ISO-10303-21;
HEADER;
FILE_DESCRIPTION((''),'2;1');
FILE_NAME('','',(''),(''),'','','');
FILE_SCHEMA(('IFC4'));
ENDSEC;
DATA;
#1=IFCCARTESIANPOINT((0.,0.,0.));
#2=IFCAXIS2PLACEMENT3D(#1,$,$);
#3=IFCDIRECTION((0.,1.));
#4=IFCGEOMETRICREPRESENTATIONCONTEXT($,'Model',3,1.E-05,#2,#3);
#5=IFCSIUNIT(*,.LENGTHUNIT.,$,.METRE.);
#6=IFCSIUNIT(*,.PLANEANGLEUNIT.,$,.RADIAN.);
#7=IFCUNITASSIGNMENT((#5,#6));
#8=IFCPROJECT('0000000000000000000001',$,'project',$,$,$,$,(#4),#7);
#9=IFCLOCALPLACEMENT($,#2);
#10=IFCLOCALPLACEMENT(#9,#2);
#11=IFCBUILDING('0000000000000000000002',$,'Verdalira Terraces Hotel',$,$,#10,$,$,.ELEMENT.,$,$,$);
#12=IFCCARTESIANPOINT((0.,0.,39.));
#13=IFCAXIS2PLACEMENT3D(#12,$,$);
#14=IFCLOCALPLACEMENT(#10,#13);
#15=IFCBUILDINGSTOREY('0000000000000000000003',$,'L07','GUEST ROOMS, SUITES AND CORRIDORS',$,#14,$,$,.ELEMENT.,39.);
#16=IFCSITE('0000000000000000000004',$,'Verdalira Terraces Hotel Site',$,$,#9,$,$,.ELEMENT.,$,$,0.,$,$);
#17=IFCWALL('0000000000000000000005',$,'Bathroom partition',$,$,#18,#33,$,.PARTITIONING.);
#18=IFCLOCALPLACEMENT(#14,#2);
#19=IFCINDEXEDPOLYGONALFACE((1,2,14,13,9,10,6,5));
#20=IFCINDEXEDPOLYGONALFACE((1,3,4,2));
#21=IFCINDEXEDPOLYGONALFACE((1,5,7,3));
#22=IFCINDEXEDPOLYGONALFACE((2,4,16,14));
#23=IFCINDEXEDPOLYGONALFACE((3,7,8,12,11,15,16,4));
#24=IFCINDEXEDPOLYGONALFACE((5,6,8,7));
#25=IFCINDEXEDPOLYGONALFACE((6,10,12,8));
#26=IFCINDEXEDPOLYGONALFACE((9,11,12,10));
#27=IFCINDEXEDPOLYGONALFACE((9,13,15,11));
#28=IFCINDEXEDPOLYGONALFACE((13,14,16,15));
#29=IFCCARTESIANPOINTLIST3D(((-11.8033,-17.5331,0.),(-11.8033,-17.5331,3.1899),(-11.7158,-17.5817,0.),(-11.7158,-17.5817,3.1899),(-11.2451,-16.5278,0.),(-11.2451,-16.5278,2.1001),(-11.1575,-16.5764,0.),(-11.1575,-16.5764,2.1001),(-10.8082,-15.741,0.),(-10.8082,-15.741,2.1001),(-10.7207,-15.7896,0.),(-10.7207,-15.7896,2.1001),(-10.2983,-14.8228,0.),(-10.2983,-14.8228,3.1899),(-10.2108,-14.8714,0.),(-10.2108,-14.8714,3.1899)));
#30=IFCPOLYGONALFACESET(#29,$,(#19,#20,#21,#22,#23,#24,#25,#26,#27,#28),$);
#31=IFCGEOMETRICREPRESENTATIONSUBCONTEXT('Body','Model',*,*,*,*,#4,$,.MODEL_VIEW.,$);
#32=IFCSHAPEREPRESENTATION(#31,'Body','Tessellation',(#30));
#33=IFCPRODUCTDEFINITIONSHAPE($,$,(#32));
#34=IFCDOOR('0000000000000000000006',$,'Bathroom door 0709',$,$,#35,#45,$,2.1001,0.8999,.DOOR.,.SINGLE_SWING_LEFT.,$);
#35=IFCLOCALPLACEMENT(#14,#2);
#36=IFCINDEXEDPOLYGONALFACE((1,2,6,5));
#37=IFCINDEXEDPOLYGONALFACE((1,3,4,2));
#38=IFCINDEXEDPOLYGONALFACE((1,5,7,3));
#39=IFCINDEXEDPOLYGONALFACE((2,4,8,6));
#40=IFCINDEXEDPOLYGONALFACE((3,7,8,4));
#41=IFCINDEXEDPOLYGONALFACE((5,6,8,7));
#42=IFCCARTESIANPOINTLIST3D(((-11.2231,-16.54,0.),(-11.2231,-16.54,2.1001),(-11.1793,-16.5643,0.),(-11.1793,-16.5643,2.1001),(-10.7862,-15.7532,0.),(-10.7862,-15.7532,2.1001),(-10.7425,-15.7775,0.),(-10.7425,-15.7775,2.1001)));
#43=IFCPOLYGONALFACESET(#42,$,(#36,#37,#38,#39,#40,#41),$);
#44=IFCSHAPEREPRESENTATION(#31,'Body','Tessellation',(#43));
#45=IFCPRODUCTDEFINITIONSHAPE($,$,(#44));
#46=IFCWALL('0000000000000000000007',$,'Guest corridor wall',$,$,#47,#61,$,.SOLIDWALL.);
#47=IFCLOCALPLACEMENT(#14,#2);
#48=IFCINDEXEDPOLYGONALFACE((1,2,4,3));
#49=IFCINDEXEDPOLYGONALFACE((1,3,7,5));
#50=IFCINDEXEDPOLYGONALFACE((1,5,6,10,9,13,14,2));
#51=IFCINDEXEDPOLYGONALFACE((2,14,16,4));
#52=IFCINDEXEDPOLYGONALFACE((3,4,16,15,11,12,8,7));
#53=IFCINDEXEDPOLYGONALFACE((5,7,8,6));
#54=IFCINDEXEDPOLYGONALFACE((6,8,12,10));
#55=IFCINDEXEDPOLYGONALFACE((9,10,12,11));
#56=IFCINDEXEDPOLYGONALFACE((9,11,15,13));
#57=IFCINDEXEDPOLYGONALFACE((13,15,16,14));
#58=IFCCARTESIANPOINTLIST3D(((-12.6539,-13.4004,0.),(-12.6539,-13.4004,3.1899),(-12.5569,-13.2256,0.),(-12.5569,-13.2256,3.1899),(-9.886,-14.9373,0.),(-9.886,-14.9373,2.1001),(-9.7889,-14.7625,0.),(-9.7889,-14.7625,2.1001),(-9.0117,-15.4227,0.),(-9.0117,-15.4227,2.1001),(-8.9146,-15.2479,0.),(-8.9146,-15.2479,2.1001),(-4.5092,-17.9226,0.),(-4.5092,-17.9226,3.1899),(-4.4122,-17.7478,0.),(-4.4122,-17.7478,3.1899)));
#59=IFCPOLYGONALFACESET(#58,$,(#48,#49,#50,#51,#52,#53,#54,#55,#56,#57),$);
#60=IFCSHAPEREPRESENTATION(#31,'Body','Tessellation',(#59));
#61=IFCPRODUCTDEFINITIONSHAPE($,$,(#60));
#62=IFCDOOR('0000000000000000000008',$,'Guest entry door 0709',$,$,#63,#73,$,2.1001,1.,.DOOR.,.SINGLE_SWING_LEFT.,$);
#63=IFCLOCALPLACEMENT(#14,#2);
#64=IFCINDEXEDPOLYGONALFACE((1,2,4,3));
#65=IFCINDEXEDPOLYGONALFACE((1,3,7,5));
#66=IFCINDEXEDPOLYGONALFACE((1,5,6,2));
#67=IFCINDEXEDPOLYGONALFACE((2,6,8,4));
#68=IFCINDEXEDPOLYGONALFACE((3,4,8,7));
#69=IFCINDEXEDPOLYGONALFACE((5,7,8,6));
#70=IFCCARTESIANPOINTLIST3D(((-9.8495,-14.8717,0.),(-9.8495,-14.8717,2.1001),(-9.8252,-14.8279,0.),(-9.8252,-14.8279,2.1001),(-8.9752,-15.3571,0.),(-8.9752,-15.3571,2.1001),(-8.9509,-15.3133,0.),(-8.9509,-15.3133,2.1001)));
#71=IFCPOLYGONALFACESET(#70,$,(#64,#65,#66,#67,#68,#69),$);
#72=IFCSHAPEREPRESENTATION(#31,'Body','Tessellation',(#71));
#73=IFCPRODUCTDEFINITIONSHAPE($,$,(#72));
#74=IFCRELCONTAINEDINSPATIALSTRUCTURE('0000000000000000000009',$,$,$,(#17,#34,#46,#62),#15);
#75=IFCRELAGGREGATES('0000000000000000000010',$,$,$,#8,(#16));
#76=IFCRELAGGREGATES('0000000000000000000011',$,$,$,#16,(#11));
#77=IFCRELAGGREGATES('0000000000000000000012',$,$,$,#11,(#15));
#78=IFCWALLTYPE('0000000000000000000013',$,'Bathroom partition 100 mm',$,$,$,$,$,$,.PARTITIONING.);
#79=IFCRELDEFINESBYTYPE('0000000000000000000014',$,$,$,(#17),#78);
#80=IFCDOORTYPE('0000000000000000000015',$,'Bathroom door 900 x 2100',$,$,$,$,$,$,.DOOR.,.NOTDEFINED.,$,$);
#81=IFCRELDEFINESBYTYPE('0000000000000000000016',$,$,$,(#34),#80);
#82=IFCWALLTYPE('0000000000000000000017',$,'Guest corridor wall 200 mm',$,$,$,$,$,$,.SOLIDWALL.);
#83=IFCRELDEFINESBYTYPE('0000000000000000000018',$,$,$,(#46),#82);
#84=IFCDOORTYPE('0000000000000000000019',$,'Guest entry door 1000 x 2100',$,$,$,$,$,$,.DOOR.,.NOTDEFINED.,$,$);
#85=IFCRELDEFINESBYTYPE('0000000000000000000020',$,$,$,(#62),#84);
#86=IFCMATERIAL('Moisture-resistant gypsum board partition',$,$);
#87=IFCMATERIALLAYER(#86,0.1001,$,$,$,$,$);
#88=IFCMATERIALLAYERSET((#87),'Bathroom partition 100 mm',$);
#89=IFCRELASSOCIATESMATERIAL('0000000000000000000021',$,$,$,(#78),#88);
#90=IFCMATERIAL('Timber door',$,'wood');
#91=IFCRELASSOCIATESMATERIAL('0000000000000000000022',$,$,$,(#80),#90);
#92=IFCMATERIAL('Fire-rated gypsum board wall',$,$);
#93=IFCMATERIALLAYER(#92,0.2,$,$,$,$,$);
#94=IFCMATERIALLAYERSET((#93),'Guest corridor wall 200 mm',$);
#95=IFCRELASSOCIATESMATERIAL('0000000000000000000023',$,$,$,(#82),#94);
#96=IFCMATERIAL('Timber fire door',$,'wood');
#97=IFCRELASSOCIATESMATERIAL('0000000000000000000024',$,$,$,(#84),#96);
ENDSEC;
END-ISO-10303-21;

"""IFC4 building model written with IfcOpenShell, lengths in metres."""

from ifc_helpers import new_model, si_unit, direction, frame, frame_2d, origin, place, context, subcontext, project, spatial, rectangle, extrude, material, layer, layer_set, type_object, element, fill, save


model = new_model("IFC4")

# Units and contexts
model_context = context("Model", 3, precision=1e-05, world=origin(), true_north=direction((0.0, 1.0)))
body_context = subcontext(model_context, "Body", "Model", "MODEL_VIEW")
ifc_project = project(units=[si_unit("LENGTHUNIT", "METRE"), si_unit("PLANEANGLEUNIT", "RADIAN")], contexts=[model_context])

# Site, building, storey
site_placement = place(None, origin())
site = spatial("IfcSite", under=ifc_project, at=site_placement, Name="Verdalira Terraces Hotel Site", CompositionType="ELEMENT", RefElevation=0.0)
building_placement = place(site_placement, origin())
building = spatial("IfcBuilding", under=site, at=building_placement, Name="Verdalira Terraces Hotel", CompositionType="ELEMENT")
storey_placement = place(building_placement, frame((0.0, 0.0, 39.0)))
storey = spatial("IfcBuildingStorey", under=building, at=storey_placement, Name="L07", Description="GUEST ROOMS, SUITES AND CORRIDORS", CompositionType="ELEMENT", Elevation=39.0)

# Shared definitions
ifc_material_1 = material(Name="Moisture-resistant gypsum board partition")
ifc_layer_1 = layer(ifc_material_1, 0.1001)
ifc_layer_set_1 = layer_set([ifc_layer_1], Name="Bathroom partition 100 mm")
wall_type_1 = type_object("IfcWallType", Name="Bathroom partition 100 mm", PredefinedType="PARTITIONING", material=ifc_layer_set_1)

# Walls, openings, doors
wall_1_placement = place(storey_placement, frame((-11.7595, -17.5574, 0.0), z_axis=(0.0, 0.0, 1.0), x_axis=(0.485449, 0.874265, 0.0)))
wall_1 = element("IfcWall", 1, at=wall_1_placement, inside=storey, type_object=wall_type_1, Name="Bathroom partition", PredefinedType="PARTITIONING", context=body_context, shape_type="SweptSolid", body=[
    extrude(rectangle(XDim=3.1001, YDim=0.1001, at=frame_2d((1.55, 0.0))), origin(), (0.0, 0.0, 1.0), 3.1899),
])
opening_1_placement = place(wall_1_placement, frame((1.1499, 0.0, 0.0)))
opening_1 = element("IfcOpeningElement", 2, at=opening_1_placement, cuts=wall_1, PredefinedType="OPENING", context=body_context, shape_type="SweptSolid", body=[
    extrude(rectangle(XDim=0.8999, YDim=2.1001, at=frame_2d((0.45, 1.05))), frame((0.0, 0.0601, 0.0), z_axis=(0.0, -1.0, 0.0), x_axis=(1.0, 0.0, 0.0)), (0.0, 0.0, 1.0), 0.1201),
])
ifc_material_2 = material(Name="Timber door", Category="wood")
door_type_1 = type_object("IfcDoorType", Name="Bathroom door 900 x 2100", OperationType="NOTDEFINED", PredefinedType="DOOR", material=ifc_material_2)
door_1_placement = place(opening_1_placement, origin())
door_1 = element("IfcDoor", 3, at=door_1_placement, inside=storey, type_object=door_type_1, Name="Bathroom door 0709", OperationType="SINGLE_SWING_LEFT", OverallHeight=2.1001, OverallWidth=0.8999, PredefinedType="DOOR", context=body_context, shape_type="SweptSolid", body=[
    extrude(rectangle(XDim=0.8999, YDim=2.1001, at=frame_2d((0.45, 1.05))), frame((0.0, 0.0249, 0.0), z_axis=(0.0, -1.0, 0.0), x_axis=(1.0, 0.0, 0.0)), (0.0, 0.0, 1.0), 0.05),
])
fill(opening_1, door_1)
ifc_material_3 = material(Name="Fire-rated gypsum board wall")
ifc_layer_2 = layer(ifc_material_3, 0.2)
ifc_layer_set_2 = layer_set([ifc_layer_2], Name="Guest corridor wall 200 mm")
wall_type_2 = type_object("IfcWallType", Name="Guest corridor wall 200 mm", PredefinedType="SOLIDWALL", material=ifc_layer_set_2)
wall_2_placement = place(storey_placement, frame((-4.4607, -17.8352, 0.0), z_axis=(0.0, 0.0, 1.0), x_axis=(-0.874278, 0.485425, 0.0)))
wall_2 = element("IfcWall", 4, at=wall_2_placement, inside=storey, type_object=wall_type_2, Name="Guest corridor wall", PredefinedType="SOLIDWALL", context=body_context, shape_type="SweptSolid", body=[
    extrude(rectangle(XDim=9.3159, YDim=0.2, at=frame_2d((4.658, 0.0))), origin(), (0.0, 0.0, 1.0), 3.1899),
])
opening_2_placement = place(wall_2_placement, frame((5.1499, 0.0, 0.0)))
opening_2 = element("IfcOpeningElement", 5, at=opening_2_placement, cuts=wall_2, PredefinedType="OPENING", context=body_context, shape_type="SweptSolid", body=[
    extrude(rectangle(XDim=1.0, YDim=2.1001, at=frame_2d((0.5, 1.05))), frame((0.0, 0.1099, 0.0), z_axis=(0.0, -1.0, 0.0), x_axis=(1.0, 0.0, 0.0)), (0.0, 0.0, 1.0), 0.22),
])
ifc_material_4 = material(Name="Timber fire door", Category="wood")
door_type_2 = type_object("IfcDoorType", Name="Guest entry door 1000 x 2100", OperationType="NOTDEFINED", PredefinedType="DOOR", material=ifc_material_4)
door_2_placement = place(opening_2_placement, origin())
door_2 = element("IfcDoor", 6, at=door_2_placement, inside=storey, type_object=door_type_2, Name="Guest entry door 0709", OperationType="SINGLE_SWING_LEFT", OverallHeight=2.1001, OverallWidth=1.0, PredefinedType="DOOR", context=body_context, shape_type="SweptSolid", body=[
    extrude(rectangle(XDim=1.0, YDim=2.1001, at=frame_2d((0.5, 1.05))), frame((0.0, 0.0249, 0.0), z_axis=(0.0, -1.0, 0.0), x_axis=(1.0, 0.0, 0.0)), (0.0, 0.0, 1.0), 0.05),
])
fill(opening_2, door_2)

save(model, "model.ifc")
